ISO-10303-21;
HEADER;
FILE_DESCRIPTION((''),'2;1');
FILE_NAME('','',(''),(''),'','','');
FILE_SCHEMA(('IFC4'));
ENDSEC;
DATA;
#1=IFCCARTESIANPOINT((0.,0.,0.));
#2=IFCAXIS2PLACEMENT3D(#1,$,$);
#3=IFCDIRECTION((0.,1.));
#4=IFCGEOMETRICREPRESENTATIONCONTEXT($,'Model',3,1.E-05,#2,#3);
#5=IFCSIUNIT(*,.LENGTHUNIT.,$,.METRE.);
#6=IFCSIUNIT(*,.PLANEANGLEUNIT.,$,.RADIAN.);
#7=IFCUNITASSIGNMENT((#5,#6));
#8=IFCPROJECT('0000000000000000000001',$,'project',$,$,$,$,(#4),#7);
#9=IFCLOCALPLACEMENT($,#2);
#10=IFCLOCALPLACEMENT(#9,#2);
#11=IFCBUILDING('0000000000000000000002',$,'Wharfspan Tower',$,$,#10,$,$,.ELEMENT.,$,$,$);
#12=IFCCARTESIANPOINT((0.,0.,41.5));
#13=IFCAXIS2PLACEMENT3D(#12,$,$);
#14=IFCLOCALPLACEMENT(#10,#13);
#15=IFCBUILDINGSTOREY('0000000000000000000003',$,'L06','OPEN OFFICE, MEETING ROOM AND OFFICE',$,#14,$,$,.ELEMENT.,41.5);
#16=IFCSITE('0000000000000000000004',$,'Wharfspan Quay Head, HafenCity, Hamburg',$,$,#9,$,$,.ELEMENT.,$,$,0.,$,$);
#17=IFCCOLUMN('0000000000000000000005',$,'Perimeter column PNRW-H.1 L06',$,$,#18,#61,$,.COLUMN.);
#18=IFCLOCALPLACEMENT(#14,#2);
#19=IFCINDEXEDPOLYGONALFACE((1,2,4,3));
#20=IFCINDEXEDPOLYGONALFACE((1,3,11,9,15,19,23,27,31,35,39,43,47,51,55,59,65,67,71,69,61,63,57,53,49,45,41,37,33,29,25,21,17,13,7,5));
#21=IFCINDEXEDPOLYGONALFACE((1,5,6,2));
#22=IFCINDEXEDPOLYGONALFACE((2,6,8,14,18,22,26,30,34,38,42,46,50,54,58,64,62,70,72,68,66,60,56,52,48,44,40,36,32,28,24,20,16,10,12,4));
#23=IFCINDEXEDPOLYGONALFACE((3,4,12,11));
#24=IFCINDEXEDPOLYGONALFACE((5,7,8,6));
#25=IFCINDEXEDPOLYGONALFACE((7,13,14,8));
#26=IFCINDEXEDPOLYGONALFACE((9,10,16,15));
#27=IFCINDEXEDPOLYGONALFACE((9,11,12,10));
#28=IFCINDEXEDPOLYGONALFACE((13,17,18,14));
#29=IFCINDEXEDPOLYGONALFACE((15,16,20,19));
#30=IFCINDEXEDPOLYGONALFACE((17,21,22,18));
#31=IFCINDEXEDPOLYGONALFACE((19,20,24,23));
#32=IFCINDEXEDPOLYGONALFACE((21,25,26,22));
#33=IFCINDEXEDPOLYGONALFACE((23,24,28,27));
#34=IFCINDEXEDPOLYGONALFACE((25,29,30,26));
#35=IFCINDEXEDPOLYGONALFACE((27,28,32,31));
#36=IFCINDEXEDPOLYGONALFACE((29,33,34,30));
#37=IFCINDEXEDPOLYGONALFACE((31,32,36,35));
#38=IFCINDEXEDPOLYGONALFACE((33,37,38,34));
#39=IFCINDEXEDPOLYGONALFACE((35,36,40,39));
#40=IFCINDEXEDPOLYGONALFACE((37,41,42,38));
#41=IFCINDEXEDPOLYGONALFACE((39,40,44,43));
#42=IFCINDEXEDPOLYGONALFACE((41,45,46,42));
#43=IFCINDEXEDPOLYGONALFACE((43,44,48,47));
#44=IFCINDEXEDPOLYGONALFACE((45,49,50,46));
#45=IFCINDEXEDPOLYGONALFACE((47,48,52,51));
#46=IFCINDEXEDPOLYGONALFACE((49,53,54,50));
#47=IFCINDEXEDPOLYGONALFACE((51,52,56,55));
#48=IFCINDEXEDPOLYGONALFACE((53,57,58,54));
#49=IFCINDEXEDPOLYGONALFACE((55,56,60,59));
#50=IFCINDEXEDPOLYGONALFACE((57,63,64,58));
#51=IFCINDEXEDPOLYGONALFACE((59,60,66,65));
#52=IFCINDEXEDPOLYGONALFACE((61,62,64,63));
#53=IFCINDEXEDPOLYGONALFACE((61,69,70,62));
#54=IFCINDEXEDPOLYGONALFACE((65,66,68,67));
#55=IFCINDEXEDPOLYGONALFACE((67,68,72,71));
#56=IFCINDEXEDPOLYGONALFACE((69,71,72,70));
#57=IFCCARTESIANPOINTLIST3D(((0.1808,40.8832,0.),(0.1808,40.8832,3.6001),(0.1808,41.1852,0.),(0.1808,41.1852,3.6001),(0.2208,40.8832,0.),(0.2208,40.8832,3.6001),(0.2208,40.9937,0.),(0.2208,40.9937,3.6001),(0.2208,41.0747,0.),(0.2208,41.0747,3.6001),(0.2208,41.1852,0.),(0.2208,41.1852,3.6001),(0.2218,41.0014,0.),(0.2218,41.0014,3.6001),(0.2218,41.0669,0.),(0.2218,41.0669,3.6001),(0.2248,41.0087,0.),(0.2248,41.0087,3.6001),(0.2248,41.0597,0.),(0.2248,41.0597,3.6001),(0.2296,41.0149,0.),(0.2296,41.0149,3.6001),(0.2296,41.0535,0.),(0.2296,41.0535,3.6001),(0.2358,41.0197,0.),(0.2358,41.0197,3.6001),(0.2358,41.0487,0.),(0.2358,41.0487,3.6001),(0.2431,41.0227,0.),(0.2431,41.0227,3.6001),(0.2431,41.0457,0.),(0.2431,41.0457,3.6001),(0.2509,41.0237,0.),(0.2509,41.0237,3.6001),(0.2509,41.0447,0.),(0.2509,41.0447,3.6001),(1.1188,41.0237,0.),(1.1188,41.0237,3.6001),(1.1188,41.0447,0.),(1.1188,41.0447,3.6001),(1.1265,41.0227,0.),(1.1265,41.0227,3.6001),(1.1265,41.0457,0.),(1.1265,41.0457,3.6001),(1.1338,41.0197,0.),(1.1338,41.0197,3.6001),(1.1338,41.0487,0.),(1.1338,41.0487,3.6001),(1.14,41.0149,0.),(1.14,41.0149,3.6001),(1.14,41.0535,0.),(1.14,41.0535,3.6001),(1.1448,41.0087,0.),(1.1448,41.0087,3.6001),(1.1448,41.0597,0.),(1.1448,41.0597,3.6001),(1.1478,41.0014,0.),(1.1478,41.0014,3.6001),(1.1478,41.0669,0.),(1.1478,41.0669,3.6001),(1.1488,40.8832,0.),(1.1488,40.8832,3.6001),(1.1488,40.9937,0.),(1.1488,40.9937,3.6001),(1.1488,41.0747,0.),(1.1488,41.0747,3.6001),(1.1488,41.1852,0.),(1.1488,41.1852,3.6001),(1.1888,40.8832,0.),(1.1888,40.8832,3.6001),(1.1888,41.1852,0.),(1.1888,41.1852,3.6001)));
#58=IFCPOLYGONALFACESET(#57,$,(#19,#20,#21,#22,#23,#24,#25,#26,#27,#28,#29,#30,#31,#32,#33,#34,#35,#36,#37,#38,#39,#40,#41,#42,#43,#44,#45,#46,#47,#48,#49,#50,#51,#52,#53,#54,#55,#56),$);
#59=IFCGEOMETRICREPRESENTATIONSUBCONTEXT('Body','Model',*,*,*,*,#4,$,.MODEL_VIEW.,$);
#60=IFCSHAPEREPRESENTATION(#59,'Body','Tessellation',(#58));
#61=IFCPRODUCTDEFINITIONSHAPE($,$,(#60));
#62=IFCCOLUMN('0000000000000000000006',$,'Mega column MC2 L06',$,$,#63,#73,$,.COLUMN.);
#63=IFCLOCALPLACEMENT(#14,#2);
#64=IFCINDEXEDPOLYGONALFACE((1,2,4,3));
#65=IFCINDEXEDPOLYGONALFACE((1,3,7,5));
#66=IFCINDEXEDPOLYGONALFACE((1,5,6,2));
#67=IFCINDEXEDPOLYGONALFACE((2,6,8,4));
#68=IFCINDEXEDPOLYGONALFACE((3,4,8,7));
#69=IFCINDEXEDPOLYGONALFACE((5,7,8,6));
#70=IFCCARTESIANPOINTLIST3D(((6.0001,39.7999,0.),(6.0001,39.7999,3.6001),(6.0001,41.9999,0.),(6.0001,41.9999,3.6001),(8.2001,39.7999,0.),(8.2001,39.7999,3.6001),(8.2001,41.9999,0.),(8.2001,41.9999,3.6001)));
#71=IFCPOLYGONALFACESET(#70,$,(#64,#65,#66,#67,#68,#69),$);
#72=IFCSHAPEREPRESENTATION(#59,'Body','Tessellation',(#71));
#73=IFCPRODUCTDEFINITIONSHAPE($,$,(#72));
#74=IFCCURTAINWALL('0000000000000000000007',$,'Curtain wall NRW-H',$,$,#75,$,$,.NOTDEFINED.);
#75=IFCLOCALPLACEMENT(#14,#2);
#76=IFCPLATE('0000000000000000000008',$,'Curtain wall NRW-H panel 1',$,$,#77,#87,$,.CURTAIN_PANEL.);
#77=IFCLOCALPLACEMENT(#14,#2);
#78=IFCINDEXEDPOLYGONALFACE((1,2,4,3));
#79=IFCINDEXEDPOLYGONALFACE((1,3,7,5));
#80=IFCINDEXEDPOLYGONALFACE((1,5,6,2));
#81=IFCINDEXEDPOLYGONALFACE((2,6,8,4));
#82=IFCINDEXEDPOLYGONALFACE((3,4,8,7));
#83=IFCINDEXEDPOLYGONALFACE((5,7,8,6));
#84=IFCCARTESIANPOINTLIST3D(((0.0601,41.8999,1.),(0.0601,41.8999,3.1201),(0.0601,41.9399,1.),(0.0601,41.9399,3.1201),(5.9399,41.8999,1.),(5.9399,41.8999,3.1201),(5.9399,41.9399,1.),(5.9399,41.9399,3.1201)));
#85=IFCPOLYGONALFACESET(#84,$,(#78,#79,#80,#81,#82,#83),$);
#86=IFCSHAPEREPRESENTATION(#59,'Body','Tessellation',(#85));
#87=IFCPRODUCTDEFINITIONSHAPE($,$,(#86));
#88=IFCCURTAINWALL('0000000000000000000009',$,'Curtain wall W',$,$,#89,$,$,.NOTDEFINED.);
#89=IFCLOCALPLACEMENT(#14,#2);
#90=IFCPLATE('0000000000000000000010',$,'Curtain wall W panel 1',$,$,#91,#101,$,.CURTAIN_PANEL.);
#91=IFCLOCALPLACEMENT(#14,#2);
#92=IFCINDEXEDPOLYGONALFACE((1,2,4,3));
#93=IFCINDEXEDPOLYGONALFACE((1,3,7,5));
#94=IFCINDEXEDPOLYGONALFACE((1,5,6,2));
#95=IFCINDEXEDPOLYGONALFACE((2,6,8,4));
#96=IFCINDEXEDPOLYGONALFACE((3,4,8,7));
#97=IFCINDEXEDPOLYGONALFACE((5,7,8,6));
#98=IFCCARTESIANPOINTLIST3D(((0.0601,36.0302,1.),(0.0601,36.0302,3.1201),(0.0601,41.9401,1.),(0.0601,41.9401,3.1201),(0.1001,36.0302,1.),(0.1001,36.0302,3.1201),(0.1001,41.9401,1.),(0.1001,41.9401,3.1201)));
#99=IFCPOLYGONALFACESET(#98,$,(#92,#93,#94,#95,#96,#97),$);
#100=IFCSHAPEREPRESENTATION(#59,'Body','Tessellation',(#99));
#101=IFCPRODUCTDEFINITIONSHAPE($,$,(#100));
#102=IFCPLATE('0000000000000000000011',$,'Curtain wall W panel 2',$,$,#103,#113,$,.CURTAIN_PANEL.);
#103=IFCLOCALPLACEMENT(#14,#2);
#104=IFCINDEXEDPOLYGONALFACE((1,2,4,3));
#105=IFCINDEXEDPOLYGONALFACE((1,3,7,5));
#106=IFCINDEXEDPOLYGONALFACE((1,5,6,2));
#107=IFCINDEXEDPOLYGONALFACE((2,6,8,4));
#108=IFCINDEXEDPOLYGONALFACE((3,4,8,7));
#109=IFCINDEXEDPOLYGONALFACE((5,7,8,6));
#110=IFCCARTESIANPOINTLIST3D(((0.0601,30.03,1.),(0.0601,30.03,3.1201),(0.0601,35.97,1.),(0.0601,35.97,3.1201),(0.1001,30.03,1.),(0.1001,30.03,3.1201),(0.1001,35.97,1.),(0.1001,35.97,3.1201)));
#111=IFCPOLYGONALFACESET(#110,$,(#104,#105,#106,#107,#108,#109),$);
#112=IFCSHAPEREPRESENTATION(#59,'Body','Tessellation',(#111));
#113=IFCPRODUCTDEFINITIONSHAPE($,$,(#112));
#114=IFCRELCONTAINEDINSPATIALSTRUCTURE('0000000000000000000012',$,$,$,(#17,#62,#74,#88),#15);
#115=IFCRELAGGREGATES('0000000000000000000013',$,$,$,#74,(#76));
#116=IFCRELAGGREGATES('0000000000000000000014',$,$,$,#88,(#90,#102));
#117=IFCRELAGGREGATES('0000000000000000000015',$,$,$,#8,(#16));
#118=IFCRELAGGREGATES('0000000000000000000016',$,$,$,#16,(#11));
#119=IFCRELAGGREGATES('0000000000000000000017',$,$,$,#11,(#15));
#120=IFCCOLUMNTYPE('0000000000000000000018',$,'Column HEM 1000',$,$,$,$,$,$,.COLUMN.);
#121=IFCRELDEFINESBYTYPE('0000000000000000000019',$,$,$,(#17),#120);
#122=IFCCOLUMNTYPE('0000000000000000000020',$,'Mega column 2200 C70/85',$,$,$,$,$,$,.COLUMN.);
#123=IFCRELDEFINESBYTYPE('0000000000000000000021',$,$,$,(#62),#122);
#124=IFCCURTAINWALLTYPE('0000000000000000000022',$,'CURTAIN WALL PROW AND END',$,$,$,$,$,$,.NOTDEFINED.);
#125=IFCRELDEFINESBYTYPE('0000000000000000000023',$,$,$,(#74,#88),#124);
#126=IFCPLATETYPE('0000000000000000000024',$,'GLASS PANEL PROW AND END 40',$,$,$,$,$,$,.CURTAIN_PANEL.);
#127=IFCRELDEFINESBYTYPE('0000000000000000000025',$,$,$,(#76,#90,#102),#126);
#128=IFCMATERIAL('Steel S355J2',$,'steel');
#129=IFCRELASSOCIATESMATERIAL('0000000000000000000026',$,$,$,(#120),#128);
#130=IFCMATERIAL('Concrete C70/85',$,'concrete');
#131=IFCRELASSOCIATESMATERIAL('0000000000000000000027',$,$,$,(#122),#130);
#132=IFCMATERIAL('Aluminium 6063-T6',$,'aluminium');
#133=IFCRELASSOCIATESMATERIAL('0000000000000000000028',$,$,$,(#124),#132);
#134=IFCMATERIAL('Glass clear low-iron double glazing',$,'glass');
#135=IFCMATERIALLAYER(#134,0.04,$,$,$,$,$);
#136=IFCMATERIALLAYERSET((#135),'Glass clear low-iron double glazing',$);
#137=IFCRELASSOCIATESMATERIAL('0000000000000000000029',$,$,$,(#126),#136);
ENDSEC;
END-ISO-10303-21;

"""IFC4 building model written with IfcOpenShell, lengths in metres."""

from ifc_helpers import new_model, si_unit, direction, frame, origin, origin_2d, place, context, subcontext, project, spatial, rectangle, i_section, extrude, material, layer, layer_set, material_profile, profile_set, type_object, element, aggregate, save


model = new_model("IFC4")

# Units and contexts
model_context = context("Model", 3, precision=1e-05, world=origin(), true_north=direction((0.0, 1.0)))
body_context = subcontext(model_context, "Body", "Model", "MODEL_VIEW")
ifc_project = project(units=[si_unit("LENGTHUNIT", "METRE"), si_unit("PLANEANGLEUNIT", "RADIAN")], contexts=[model_context])

# Site, building, storey
site_placement = place(None, origin())
site = spatial("IfcSite", under=ifc_project, at=site_placement, Name="Wharfspan Quay Head, HafenCity, Hamburg", CompositionType="ELEMENT", RefElevation=0.0)
building_placement = place(site_placement, origin())
building = spatial("IfcBuilding", under=site, at=building_placement, Name="Wharfspan Tower", CompositionType="ELEMENT")
storey_placement = place(building_placement, frame((0.0, 0.0, 41.5)))
storey = spatial("IfcBuildingStorey", under=building, at=storey_placement, Name="L06", Description="OPEN OFFICE, MEETING ROOM AND OFFICE", CompositionType="ELEMENT", Elevation=41.5)

# Columns
ifc_material_1 = material(Name="Steel S355J2", Category="steel")
ifc_material_profile_1 = material_profile(ifc_material_1, i_section(OverallWidth=0.302, OverallDepth=1.0081, WebThickness=0.021, FlangeThickness=0.04, FilletRadius=0.03, at=origin_2d()))
ifc_profile_set_1 = profile_set([ifc_material_profile_1], Name="Steel S355J2")
column_type_1 = type_object("IfcColumnType", Name="Column HEM 1000", PredefinedType="COLUMN", material=ifc_profile_set_1)
column_1_placement = place(storey_placement, frame((0.6848, 41.0342, 0.0), z_axis=(0.0, 0.0, 1.0), x_axis=(0.0, 1.0, 0.0)))
element("IfcColumn", 1, at=column_1_placement, inside=storey, type_object=column_type_1, Name="Perimeter column PNRW-H.1 L06", PredefinedType="COLUMN", context=body_context, shape_type="SweptSolid", body=[
    extrude(i_section(OverallWidth=0.302, OverallDepth=1.0081, WebThickness=0.021, FlangeThickness=0.04, FilletRadius=0.03, at=origin_2d()), origin(), (0.0, 0.0, 1.0), 3.6001),
])
ifc_material_2 = material(Name="Concrete C70/85", Category="concrete")
ifc_material_profile_2 = material_profile(ifc_material_2, rectangle(XDim=2.2, YDim=2.2, at=origin_2d()))
ifc_profile_set_2 = profile_set([ifc_material_profile_2], Name="Concrete C70/85")
column_type_2 = type_object("IfcColumnType", Name="Mega column 2200 C70/85", PredefinedType="COLUMN", material=ifc_profile_set_2)
column_2_placement = place(storey_placement, frame((7.1001, 40.8999, 0.0), z_axis=(0.0, 0.0, 1.0), x_axis=(1.0, 0.0, 0.0)))
element("IfcColumn", 2, at=column_2_placement, inside=storey, type_object=column_type_2, Name="Mega column MC2 L06", PredefinedType="COLUMN", context=body_context, shape_type="SweptSolid", body=[
    extrude(rectangle(XDim=2.2, YDim=2.2, at=origin_2d()), origin(), (0.0, 0.0, 1.0), 3.6001),
])

# Curtain wall, plate
ifc_material_3 = material(Name="Aluminium 6063-T6", Category="aluminium")
curtain_wall_type = type_object("IfcCurtainWallType", Name="CURTAIN WALL PROW AND END", PredefinedType="NOTDEFINED", material=ifc_material_3)
curtain_wall_1_placement = place(storey_placement, origin())
curtain_wall_1 = element("IfcCurtainWall", 3, at=curtain_wall_1_placement, inside=storey, type_object=curtain_wall_type, Name="Curtain wall NRW-H", PredefinedType="NOTDEFINED")
ifc_material_4 = material(Name="Glass clear low-iron double glazing", Category="glass")
ifc_layer_1 = layer(ifc_material_4, 0.04)
ifc_layer_set_1 = layer_set([ifc_layer_1], Name="Glass clear low-iron double glazing")
plate_type = type_object("IfcPlateType", Name="GLASS PANEL PROW AND END 40", PredefinedType="CURTAIN_PANEL", material=ifc_layer_set_1)
plate_1_placement = place(storey_placement, frame((3.0, 41.9199, 1.0), z_axis=(0.0, 0.0, 1.0), x_axis=(-1.0, 0.0, 0.0)))
plate_1 = element("IfcPlate", 4, at=plate_1_placement, type_object=plate_type, Name="Curtain wall NRW-H panel 1", PredefinedType="CURTAIN_PANEL", context=body_context, shape_type="SweptSolid", body=[
    extrude(rectangle(XDim=5.8799, YDim=0.04, at=origin_2d()), origin(), (0.0, 0.0, 1.0), 2.1201),
])
aggregate(curtain_wall_1, [plate_1])

# Curtain wall, plates
curtain_wall_2_placement = place(storey_placement, origin())
curtain_wall_2 = element("IfcCurtainWall", 5, at=curtain_wall_2_placement, inside=storey, type_object=curtain_wall_type, Name="Curtain wall W", PredefinedType="NOTDEFINED")
plate_2_placement = place(storey_placement, frame((0.0801, 38.9851, 1.0), z_axis=(0.0, 0.0, 1.0), x_axis=(0.0, -1.0, 0.0)))
plate_2 = element("IfcPlate", 6, at=plate_2_placement, type_object=plate_type, Name="Curtain wall W panel 1", PredefinedType="CURTAIN_PANEL", context=body_context, shape_type="SweptSolid", body=[
    extrude(rectangle(XDim=5.9099, YDim=0.04, at=origin_2d()), origin(), (0.0, 0.0, 1.0), 2.1201),
])
plate_3_placement = place(storey_placement, frame((0.0801, 33.0, 1.0), z_axis=(0.0, 0.0, 1.0), x_axis=(0.0, -1.0, 0.0)))
plate_3 = element("IfcPlate", 7, at=plate_3_placement, type_object=plate_type, Name="Curtain wall W panel 2", PredefinedType="CURTAIN_PANEL", context=body_context, shape_type="SweptSolid", body=[
    extrude(rectangle(XDim=5.9399, YDim=0.04, at=origin_2d()), origin(), (0.0, 0.0, 1.0), 2.1201),
])
aggregate(curtain_wall_2, [plate_2, plate_3])

save(model, "model.ifc")
